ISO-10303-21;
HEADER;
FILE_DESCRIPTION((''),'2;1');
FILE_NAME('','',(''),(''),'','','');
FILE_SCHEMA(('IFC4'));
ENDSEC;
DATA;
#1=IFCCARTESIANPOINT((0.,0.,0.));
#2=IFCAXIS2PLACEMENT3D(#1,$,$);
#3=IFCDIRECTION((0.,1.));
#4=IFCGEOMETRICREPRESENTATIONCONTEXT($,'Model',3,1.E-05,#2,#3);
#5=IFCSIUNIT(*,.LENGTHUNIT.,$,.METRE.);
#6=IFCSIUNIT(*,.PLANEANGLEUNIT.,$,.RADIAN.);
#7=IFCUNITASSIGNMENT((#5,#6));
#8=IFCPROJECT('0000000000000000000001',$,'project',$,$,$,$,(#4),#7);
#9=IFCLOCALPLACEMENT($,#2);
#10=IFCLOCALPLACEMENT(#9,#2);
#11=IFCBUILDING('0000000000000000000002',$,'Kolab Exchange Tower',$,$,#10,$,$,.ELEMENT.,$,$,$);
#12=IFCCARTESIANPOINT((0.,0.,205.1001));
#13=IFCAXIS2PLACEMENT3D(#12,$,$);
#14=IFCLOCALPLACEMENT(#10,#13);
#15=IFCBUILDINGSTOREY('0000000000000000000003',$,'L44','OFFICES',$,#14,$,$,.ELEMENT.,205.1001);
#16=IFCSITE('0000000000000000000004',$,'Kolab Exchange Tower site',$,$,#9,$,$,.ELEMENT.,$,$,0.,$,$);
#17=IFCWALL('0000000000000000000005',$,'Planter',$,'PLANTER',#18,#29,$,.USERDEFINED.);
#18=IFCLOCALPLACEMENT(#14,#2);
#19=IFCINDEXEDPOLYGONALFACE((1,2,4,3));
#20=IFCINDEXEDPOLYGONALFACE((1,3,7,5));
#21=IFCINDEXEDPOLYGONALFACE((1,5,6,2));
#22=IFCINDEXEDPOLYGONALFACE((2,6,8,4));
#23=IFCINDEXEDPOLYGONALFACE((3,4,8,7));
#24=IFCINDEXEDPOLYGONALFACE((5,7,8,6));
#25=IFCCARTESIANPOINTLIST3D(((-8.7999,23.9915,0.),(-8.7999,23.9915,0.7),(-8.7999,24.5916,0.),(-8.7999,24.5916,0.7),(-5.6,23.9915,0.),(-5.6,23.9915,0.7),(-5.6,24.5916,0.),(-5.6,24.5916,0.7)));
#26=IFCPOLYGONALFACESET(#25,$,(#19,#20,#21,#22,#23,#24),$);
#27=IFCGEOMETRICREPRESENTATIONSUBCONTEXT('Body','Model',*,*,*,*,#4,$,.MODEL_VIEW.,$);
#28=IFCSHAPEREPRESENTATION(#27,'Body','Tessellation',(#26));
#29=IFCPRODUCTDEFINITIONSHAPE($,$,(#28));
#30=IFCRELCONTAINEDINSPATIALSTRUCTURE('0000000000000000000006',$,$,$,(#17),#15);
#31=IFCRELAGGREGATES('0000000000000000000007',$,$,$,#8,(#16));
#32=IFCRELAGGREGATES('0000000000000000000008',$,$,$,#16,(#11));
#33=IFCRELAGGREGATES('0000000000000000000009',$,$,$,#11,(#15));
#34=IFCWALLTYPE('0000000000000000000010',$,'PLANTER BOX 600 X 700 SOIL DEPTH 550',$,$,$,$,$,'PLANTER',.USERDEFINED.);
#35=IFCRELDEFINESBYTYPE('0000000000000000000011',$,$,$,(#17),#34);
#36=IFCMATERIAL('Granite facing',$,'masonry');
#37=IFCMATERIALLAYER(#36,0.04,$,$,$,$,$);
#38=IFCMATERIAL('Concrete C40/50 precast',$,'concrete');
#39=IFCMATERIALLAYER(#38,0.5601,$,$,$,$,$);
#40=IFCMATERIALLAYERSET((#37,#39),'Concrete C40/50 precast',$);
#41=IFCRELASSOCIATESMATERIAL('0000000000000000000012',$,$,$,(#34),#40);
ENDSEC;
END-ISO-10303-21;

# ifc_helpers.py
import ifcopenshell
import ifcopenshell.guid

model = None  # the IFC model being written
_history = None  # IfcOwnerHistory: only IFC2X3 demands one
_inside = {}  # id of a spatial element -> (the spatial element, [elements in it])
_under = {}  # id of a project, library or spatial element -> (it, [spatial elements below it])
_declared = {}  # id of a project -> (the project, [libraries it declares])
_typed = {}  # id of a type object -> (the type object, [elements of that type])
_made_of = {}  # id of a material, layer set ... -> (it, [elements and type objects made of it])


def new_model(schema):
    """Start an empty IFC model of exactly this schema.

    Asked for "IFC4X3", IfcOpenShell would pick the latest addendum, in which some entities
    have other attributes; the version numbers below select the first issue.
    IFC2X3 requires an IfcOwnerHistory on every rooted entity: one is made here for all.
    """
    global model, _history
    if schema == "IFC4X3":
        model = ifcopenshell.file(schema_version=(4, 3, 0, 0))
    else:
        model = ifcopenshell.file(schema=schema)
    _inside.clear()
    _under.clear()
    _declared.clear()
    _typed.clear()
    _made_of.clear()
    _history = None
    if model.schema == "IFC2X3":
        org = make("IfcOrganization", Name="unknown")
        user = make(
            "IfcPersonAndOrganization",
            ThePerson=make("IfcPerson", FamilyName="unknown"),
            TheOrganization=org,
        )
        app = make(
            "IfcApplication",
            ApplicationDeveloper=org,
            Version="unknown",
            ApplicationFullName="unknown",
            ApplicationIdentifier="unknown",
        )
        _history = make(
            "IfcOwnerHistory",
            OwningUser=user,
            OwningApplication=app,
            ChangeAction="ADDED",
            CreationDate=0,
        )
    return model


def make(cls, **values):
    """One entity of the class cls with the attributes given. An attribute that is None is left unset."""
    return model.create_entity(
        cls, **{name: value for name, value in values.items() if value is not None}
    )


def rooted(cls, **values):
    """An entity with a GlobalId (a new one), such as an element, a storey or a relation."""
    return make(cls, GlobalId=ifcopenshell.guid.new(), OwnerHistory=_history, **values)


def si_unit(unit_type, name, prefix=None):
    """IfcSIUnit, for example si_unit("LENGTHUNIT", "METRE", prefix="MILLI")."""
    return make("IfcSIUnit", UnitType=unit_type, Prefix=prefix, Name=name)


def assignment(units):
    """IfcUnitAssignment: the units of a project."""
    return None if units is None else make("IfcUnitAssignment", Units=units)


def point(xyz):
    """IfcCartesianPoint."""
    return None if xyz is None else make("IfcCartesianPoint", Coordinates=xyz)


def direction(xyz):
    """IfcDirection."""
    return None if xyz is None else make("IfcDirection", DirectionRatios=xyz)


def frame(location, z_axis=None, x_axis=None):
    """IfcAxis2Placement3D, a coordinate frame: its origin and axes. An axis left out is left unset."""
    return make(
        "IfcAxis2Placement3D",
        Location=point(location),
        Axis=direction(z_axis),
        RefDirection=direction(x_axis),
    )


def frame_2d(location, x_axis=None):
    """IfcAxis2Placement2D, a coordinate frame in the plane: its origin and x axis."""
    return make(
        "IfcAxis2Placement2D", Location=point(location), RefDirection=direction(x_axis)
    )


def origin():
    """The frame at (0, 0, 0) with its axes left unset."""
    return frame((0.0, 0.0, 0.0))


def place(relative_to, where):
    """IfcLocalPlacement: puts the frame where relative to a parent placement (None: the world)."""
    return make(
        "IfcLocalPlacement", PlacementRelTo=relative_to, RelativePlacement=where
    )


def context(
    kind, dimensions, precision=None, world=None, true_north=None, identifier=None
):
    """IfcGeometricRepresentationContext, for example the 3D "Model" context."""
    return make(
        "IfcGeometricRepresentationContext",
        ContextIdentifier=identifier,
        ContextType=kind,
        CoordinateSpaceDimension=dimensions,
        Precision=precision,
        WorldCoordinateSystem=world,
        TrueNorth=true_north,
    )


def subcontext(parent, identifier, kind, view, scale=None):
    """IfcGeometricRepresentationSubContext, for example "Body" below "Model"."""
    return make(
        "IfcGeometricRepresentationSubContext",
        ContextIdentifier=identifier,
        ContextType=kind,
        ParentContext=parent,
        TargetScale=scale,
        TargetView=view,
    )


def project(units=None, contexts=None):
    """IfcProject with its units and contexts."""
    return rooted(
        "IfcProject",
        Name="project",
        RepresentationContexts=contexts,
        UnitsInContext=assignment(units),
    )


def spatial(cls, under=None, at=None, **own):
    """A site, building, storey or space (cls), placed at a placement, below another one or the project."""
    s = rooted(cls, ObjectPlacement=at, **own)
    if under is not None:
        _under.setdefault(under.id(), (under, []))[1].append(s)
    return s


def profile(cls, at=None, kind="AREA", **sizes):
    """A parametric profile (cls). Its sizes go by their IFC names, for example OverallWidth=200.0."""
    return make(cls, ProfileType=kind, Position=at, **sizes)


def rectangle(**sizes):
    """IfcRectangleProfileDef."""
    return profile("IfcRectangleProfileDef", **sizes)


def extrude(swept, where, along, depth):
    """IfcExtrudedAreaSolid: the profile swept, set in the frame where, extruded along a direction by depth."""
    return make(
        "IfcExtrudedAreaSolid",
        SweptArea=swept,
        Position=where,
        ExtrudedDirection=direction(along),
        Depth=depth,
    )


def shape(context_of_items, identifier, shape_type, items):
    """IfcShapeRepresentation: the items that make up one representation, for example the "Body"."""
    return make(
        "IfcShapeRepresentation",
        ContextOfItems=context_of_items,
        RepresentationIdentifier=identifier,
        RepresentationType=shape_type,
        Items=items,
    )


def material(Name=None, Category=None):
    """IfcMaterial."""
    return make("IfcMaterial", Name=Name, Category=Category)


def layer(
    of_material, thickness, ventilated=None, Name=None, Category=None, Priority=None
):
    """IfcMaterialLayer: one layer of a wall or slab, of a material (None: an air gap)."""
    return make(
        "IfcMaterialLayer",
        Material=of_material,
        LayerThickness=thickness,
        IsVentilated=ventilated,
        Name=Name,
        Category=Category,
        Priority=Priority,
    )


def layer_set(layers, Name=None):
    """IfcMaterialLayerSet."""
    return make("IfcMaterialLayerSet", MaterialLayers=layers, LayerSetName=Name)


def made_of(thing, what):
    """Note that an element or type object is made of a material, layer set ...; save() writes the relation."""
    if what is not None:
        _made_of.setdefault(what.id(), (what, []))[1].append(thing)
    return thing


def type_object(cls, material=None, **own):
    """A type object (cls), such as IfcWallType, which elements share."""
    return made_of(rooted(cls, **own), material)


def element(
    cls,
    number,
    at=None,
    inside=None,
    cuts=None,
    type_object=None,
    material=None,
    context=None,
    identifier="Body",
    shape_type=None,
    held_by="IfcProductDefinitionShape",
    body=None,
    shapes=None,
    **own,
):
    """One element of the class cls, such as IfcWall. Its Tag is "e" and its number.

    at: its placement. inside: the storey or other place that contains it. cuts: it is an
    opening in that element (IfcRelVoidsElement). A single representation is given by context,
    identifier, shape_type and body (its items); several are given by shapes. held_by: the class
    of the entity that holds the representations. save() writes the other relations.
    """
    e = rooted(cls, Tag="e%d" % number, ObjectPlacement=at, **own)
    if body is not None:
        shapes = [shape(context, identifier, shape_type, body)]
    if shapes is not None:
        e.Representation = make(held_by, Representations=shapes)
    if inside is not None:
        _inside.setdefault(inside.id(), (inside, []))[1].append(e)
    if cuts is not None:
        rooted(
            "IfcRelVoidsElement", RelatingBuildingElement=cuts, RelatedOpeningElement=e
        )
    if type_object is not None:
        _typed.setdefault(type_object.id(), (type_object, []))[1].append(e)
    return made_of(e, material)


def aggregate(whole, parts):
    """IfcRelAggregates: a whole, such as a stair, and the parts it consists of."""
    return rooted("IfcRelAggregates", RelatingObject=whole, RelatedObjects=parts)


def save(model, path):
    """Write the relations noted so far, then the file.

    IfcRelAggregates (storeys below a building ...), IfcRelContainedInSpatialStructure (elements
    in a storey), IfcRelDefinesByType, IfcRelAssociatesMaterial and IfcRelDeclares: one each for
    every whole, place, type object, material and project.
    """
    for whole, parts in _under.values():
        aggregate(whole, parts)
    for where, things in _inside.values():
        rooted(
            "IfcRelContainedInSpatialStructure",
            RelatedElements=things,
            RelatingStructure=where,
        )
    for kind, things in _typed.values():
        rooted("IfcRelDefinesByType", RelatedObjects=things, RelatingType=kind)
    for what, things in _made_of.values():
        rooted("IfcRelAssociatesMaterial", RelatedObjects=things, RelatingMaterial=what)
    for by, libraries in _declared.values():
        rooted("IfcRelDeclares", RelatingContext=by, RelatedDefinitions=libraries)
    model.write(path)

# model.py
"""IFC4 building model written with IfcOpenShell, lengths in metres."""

from ifc_helpers import new_model, si_unit, direction, frame, frame_2d, origin, place, context, subcontext, project, spatial, rectangle, extrude, material, layer, layer_set, type_object, element, save


model = new_model("IFC4")

# Units and contexts
model_context = context("Model", 3, precision=1e-05, world=origin(), true_north=direction((0.0, 1.0)))
body_context = subcontext(model_context, "Body", "Model", "MODEL_VIEW")
ifc_project = project(units=[si_unit("LENGTHUNIT", "METRE"), si_unit("PLANEANGLEUNIT", "RADIAN")], contexts=[model_context])

# Site, building, storey
site_placement = place(None, origin())
site = spatial("IfcSite", under=ifc_project, at=site_placement, Name="Kolab Exchange Tower site", CompositionType="ELEMENT", RefElevation=0.0)
building_placement = place(site_placement, origin())
building = spatial("IfcBuilding", under=site, at=building_placement, Name="Kolab Exchange Tower", CompositionType="ELEMENT")
storey_placement = place(building_placement, frame((0.0, 0.0, 205.1001)))
storey = spatial("IfcBuildingStorey", under=building, at=storey_placement, Name="L44", Description="OFFICES", CompositionType="ELEMENT", Elevation=205.1001)

# Wall
ifc_material_1 = material(Name="Granite facing", Category="masonry")
ifc_layer_1 = layer(ifc_material_1, 0.04)
ifc_material_2 = material(Name="Concrete C40/50 precast", Category="concrete")
ifc_layer_2 = layer(ifc_material_2, 0.5601)
ifc_layer_set_1 = layer_set([ifc_layer_1, ifc_layer_2], Name="Concrete C40/50 precast")
wall_type_1 = type_object("IfcWallType", Name="PLANTER BOX 600 X 700 SOIL DEPTH 550", ElementType="PLANTER", PredefinedType="USERDEFINED", material=ifc_layer_set_1)
wall_1_placement = place(storey_placement, frame((-8.8, 24.2915, 0.0), z_axis=(0.0, 0.0, 1.0), x_axis=(1.0, 0.0, 0.0)))
element("IfcWall", 1, at=wall_1_placement, inside=storey, type_object=wall_type_1, Name="Planter", ObjectType="PLANTER", PredefinedType="USERDEFINED", context=body_context, shape_type="SweptSolid", body=[
    extrude(rectangle(XDim=3.2, YDim=0.6001, at=frame_2d((1.6001, 0.0))), origin(), (0.0, 0.0, 1.0), 0.7),
])

save(model, "model.ifc")
